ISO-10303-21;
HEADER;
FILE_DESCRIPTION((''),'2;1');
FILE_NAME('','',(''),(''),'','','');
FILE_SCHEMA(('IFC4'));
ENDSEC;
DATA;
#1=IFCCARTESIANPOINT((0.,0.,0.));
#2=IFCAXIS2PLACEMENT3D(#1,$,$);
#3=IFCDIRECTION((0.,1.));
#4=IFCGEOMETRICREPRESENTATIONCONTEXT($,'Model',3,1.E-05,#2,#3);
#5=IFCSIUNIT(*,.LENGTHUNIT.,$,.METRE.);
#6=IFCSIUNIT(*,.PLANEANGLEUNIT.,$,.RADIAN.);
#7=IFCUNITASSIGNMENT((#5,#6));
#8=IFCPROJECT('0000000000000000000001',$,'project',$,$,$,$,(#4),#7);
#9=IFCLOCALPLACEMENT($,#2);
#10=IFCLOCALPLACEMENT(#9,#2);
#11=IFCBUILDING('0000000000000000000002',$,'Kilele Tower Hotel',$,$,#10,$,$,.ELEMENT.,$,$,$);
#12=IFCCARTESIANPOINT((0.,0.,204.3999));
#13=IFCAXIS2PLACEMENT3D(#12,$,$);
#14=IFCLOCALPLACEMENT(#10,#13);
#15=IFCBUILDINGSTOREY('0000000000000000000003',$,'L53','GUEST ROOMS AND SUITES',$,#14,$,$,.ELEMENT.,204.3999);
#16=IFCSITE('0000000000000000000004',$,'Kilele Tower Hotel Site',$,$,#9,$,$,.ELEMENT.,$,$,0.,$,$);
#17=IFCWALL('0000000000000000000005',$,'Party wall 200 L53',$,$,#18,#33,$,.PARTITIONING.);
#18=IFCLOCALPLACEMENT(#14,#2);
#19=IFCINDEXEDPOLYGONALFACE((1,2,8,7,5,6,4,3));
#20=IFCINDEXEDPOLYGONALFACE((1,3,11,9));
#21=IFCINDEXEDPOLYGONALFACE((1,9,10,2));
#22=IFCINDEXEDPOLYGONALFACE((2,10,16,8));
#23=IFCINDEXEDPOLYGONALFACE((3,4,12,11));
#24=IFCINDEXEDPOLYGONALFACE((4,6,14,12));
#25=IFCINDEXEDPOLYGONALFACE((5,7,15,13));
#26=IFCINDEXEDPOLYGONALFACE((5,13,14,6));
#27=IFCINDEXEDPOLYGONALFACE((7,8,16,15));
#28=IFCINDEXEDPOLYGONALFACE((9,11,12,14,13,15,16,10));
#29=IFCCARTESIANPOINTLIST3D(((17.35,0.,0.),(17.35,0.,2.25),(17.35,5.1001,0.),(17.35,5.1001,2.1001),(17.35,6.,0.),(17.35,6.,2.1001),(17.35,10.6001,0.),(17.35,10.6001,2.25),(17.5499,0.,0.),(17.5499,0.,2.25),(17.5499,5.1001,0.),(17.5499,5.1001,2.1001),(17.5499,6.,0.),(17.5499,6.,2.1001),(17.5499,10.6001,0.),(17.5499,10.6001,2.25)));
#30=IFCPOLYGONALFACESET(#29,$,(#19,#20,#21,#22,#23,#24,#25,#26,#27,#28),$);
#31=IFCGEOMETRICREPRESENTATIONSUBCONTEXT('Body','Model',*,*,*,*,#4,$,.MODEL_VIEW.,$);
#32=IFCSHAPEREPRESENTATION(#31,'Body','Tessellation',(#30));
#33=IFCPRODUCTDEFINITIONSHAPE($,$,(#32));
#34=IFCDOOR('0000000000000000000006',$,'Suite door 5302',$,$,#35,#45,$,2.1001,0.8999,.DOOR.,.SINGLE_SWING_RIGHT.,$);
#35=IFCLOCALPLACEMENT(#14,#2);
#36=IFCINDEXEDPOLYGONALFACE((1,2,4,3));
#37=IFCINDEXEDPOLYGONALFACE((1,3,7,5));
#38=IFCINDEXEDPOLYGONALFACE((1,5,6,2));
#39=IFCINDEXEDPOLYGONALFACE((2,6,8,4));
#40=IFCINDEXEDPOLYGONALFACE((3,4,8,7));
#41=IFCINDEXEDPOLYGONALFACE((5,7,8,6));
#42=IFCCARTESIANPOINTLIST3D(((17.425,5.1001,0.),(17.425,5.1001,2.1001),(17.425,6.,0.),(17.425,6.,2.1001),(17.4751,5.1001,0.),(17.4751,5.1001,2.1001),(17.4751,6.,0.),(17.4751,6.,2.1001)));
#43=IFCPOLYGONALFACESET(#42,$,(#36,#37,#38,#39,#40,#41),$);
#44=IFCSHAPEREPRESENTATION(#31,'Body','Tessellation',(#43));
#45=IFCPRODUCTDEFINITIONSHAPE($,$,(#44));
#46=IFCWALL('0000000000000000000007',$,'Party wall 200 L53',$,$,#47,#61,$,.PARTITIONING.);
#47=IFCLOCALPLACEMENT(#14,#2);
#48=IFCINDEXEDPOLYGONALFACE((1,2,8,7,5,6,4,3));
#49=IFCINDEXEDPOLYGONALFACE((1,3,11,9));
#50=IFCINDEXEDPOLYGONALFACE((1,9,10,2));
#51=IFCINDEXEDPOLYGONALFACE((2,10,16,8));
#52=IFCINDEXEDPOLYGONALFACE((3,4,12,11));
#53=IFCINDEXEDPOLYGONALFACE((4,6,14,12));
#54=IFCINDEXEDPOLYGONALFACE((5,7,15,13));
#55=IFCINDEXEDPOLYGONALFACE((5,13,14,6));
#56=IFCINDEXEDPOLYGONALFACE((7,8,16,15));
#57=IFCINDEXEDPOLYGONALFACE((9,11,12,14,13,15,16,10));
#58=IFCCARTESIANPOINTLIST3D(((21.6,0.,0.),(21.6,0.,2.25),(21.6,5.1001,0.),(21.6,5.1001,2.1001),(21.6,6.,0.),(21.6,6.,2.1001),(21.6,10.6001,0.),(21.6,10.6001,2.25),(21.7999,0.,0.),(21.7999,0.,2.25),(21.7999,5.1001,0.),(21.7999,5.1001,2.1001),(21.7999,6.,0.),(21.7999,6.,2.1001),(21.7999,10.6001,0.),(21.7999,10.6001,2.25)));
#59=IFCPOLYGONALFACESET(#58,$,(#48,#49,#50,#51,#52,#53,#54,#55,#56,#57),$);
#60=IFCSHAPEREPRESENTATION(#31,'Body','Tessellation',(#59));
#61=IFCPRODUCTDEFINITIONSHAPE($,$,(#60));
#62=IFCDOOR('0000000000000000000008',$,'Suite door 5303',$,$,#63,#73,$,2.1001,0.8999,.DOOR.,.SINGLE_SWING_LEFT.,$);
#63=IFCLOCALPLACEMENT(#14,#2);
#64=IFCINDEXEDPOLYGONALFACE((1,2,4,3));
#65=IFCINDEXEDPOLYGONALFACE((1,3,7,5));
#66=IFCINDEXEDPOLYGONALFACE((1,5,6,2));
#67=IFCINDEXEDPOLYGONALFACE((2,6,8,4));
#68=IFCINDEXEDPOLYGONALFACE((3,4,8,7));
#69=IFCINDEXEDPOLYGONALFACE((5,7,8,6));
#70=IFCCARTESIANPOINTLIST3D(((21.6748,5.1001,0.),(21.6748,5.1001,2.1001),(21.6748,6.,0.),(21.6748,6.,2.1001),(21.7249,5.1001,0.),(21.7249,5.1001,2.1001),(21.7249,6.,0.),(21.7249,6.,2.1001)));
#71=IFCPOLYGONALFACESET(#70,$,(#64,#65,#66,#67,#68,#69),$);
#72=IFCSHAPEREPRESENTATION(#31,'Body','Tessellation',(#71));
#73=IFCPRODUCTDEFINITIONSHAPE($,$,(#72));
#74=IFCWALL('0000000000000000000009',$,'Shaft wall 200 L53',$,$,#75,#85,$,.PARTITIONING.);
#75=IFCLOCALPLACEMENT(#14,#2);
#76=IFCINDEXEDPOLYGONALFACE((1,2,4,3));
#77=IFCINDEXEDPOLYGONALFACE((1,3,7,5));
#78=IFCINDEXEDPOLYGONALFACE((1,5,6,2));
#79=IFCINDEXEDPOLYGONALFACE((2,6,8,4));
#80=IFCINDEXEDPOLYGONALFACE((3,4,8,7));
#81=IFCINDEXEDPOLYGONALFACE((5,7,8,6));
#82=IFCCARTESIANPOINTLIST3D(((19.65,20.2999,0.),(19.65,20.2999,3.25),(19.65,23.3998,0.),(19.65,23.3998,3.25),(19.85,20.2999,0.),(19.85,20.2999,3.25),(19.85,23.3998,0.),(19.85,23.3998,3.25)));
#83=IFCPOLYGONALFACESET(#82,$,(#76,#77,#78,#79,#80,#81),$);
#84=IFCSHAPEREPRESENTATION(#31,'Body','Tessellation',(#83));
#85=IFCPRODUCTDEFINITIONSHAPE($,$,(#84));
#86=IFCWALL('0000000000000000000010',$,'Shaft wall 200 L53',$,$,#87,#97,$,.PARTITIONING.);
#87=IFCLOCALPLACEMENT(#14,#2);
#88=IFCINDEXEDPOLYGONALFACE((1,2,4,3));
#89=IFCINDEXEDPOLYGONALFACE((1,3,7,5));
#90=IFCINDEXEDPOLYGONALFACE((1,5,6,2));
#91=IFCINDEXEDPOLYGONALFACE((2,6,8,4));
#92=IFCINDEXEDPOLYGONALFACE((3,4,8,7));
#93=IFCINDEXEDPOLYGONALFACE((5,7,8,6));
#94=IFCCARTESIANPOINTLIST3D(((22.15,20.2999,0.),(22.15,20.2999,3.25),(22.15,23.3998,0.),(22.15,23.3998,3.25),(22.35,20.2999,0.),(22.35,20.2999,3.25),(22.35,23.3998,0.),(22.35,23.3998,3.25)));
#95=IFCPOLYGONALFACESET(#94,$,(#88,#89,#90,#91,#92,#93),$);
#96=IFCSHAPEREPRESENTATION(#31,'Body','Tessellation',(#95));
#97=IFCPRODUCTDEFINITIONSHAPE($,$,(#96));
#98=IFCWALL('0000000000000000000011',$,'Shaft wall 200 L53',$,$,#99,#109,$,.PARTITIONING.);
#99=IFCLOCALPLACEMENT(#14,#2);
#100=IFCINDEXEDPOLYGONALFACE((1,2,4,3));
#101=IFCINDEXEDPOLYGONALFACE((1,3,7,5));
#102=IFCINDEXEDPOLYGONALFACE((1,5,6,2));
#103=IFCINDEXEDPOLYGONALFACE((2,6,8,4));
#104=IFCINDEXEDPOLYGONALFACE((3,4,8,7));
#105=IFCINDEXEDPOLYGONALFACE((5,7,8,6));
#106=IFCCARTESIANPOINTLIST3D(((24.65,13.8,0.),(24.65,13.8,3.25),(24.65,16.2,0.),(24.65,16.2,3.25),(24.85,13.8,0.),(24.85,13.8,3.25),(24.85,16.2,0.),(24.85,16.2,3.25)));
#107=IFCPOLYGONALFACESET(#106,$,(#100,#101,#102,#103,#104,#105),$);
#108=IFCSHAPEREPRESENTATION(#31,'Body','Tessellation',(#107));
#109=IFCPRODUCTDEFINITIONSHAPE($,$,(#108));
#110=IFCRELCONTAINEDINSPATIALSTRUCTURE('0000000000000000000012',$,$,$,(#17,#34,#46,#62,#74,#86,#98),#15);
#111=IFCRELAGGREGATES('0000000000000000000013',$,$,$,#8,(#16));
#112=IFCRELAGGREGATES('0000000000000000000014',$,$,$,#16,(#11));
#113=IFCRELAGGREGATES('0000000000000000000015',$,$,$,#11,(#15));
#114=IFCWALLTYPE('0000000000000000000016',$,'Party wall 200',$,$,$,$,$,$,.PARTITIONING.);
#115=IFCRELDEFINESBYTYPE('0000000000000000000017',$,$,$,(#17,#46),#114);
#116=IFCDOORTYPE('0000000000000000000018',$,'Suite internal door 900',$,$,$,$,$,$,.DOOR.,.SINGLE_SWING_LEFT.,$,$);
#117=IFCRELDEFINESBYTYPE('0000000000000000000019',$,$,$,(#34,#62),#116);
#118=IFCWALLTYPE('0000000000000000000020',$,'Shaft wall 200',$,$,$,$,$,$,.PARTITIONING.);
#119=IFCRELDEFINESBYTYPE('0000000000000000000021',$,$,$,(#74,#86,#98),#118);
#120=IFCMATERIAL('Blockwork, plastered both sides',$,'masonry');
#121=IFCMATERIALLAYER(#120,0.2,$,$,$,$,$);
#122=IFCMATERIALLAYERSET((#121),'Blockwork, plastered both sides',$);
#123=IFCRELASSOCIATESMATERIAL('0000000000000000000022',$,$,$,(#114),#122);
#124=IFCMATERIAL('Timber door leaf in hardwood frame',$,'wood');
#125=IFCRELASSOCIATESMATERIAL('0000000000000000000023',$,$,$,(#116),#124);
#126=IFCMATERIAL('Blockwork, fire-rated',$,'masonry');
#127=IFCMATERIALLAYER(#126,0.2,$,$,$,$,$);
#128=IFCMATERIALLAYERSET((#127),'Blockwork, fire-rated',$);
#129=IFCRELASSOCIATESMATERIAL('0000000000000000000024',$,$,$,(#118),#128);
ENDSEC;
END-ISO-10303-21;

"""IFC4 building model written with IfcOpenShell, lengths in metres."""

from ifc_helpers import new_model, si_unit, direction, frame, frame_2d, origin, place, context, subcontext, project, spatial, rectangle, extrude, material, layer, layer_set, type_object, element, fill, save


model = new_model("IFC4")

# Units and contexts
model_context = context("Model", 3, precision=1e-05, world=origin(), true_north=direction((0.0, 1.0)))
body_context = subcontext(model_context, "Body", "Model", "MODEL_VIEW")
ifc_project = project(units=[si_unit("LENGTHUNIT", "METRE"), si_unit("PLANEANGLEUNIT", "RADIAN")], contexts=[model_context])

# Site, building, storey
site_placement = place(None, origin())
site = spatial("IfcSite", under=ifc_project, at=site_placement, Name="Kilele Tower Hotel Site", CompositionType="ELEMENT", RefElevation=0.0)
building_placement = place(site_placement, origin())
building = spatial("IfcBuilding", under=site, at=building_placement, Name="Kilele Tower Hotel", CompositionType="ELEMENT")
storey_placement = place(building_placement, frame((0.0, 0.0, 204.3999)))
storey = spatial("IfcBuildingStorey", under=building, at=storey_placement, Name="L53", Description="GUEST ROOMS AND SUITES", CompositionType="ELEMENT", Elevation=204.3999)

# Walls, openings, doors
ifc_material_1 = material(Name="Blockwork, plastered both sides", Category="masonry")
ifc_layer_1 = layer(ifc_material_1, 0.2)
ifc_layer_set_1 = layer_set([ifc_layer_1], Name="Blockwork, plastered both sides")
wall_type_1 = type_object("IfcWallType", Name="Party wall 200", PredefinedType="PARTITIONING", material=ifc_layer_set_1)
wall_1_placement = place(storey_placement, frame((17.45, 10.6001, 0.0), z_axis=(0.0, 0.0, 1.0), x_axis=(0.0, -1.0, 0.0)))
wall_1 = element("IfcWall", 1, at=wall_1_placement, inside=storey, type_object=wall_type_1, Name="Party wall 200 L53", PredefinedType="PARTITIONING", context=body_context, shape_type="SweptSolid", body=[
    extrude(rectangle(XDim=10.6001, YDim=0.2, at=frame_2d((5.3, 0.0))), origin(), (0.0, 0.0, 1.0), 2.25),
])
opening_1_placement = place(wall_1_placement, frame((5.5, 0.0, 0.0), z_axis=(0.0, 0.0, 1.0), x_axis=(-1.0, 0.0, 0.0)))
opening_1 = element("IfcOpeningElement", 2, at=opening_1_placement, cuts=wall_1, PredefinedType="OPENING", context=body_context, shape_type="SweptSolid", body=[
    extrude(rectangle(XDim=0.8999, YDim=2.1001, at=frame_2d((0.45, 1.05))), frame((0.0, 0.1099, 0.0), z_axis=(0.0, -1.0, 0.0), x_axis=(1.0, 0.0, 0.0)), (0.0, 0.0, 1.0), 0.22),
])
ifc_material_2 = material(Name="Timber door leaf in hardwood frame", Category="wood")
door_type_1 = type_object("IfcDoorType", Name="Suite internal door 900", OperationType="SINGLE_SWING_LEFT", PredefinedType="DOOR", material=ifc_material_2)
door_1_placement = place(opening_1_placement, origin())
door_1 = element("IfcDoor", 3, at=door_1_placement, inside=storey, type_object=door_type_1, Name="Suite door 5302", OperationType="SINGLE_SWING_RIGHT", OverallHeight=2.1001, OverallWidth=0.8999, PredefinedType="DOOR", context=body_context, shape_type="SweptSolid", body=[
    extrude(rectangle(XDim=0.8999, YDim=2.1001, at=frame_2d((0.45, 1.05))), frame((0.0, 0.0249, 0.0), z_axis=(0.0, -1.0, 0.0), x_axis=(1.0, 0.0, 0.0)), (0.0, 0.0, 1.0), 0.05),
])
fill(opening_1, door_1)
wall_2_placement = place(storey_placement, frame((21.7, 10.6001, 0.0), z_axis=(0.0, 0.0, 1.0), x_axis=(0.0, -1.0, 0.0)))
wall_2 = element("IfcWall", 4, at=wall_2_placement, inside=storey, type_object=wall_type_1, Name="Party wall 200 L53", PredefinedType="PARTITIONING", context=body_context, shape_type="SweptSolid", body=[
    extrude(rectangle(XDim=10.6001, YDim=0.2, at=frame_2d((5.3, 0.0))), origin(), (0.0, 0.0, 1.0), 2.25),
])
opening_2_placement = place(wall_2_placement, frame((4.6001, 0.0, 0.0)))
opening_2 = element("IfcOpeningElement", 5, at=opening_2_placement, cuts=wall_2, PredefinedType="OPENING", context=body_context, shape_type="SweptSolid", body=[
    extrude(rectangle(XDim=0.8999, YDim=2.1001, at=frame_2d((0.45, 1.05))), frame((0.0, 0.1099, 0.0), z_axis=(0.0, -1.0, 0.0), x_axis=(1.0, 0.0, 0.0)), (0.0, 0.0, 1.0), 0.22),
])
door_2_placement = place(opening_2_placement, origin())
door_2 = element("IfcDoor", 6, at=door_2_placement, inside=storey, type_object=door_type_1, Name="Suite door 5303", OperationType="SINGLE_SWING_LEFT", OverallHeight=2.1001, OverallWidth=0.8999, PredefinedType="DOOR", context=body_context, shape_type="SweptSolid", body=[
    extrude(rectangle(XDim=0.8999, YDim=2.1001, at=frame_2d((0.45, 1.05))), frame((0.0, 0.0249, 0.0), z_axis=(0.0, -1.0, 0.0), x_axis=(1.0, 0.0, 0.0)), (0.0, 0.0, 1.0), 0.05),
])
fill(opening_2, door_2)

# Walls
ifc_material_3 = material(Name="Blockwork, fire-rated", Category="masonry")
ifc_layer_2 = layer(ifc_material_3, 0.2)
ifc_layer_set_2 = layer_set([ifc_layer_2], Name="Blockwork, fire-rated")
wall_type_2 = type_object("IfcWallType", Name="Shaft wall 200", PredefinedType="PARTITIONING", material=ifc_layer_set_2)
for number, where, z_axis, x_axis, name in (
    (7, (19.75, 20.3, 0.0), (0.0, 0.0, 1.0), (0.0, 1.0, 0.0), "Shaft wall 200 L53"),
    (8, (22.25, 20.3, 0.0), (0.0, 0.0, 1.0), (0.0, 1.0, 0.0), "Shaft wall 200 L53"),
):
    element("IfcWall", number, at=place(storey_placement, frame(where, z_axis=z_axis, x_axis=x_axis)), inside=storey, type_object=wall_type_2, Name=name, PredefinedType="PARTITIONING", context=body_context, shape_type="SweptSolid", body=[
        extrude(rectangle(XDim=3.0999, YDim=0.2, at=frame_2d((1.5498, 0.0))), origin(), (0.0, 0.0, 1.0), 3.25),
    ])
wall_3_placement = place(storey_placement, frame((24.75, 13.8, 0.0), z_axis=(0.0, 0.0, 1.0), x_axis=(0.0, 1.0, 0.0)))
element("IfcWall", 9, at=wall_3_placement, inside=storey, type_object=wall_type_2, Name="Shaft wall 200 L53", PredefinedType="PARTITIONING", context=body_context, shape_type="SweptSolid", body=[
    extrude(rectangle(XDim=2.3999, YDim=0.2, at=frame_2d((1.2, 0.0))), origin(), (0.0, 0.0, 1.0), 3.25),
])

save(model, "model.ifc")
